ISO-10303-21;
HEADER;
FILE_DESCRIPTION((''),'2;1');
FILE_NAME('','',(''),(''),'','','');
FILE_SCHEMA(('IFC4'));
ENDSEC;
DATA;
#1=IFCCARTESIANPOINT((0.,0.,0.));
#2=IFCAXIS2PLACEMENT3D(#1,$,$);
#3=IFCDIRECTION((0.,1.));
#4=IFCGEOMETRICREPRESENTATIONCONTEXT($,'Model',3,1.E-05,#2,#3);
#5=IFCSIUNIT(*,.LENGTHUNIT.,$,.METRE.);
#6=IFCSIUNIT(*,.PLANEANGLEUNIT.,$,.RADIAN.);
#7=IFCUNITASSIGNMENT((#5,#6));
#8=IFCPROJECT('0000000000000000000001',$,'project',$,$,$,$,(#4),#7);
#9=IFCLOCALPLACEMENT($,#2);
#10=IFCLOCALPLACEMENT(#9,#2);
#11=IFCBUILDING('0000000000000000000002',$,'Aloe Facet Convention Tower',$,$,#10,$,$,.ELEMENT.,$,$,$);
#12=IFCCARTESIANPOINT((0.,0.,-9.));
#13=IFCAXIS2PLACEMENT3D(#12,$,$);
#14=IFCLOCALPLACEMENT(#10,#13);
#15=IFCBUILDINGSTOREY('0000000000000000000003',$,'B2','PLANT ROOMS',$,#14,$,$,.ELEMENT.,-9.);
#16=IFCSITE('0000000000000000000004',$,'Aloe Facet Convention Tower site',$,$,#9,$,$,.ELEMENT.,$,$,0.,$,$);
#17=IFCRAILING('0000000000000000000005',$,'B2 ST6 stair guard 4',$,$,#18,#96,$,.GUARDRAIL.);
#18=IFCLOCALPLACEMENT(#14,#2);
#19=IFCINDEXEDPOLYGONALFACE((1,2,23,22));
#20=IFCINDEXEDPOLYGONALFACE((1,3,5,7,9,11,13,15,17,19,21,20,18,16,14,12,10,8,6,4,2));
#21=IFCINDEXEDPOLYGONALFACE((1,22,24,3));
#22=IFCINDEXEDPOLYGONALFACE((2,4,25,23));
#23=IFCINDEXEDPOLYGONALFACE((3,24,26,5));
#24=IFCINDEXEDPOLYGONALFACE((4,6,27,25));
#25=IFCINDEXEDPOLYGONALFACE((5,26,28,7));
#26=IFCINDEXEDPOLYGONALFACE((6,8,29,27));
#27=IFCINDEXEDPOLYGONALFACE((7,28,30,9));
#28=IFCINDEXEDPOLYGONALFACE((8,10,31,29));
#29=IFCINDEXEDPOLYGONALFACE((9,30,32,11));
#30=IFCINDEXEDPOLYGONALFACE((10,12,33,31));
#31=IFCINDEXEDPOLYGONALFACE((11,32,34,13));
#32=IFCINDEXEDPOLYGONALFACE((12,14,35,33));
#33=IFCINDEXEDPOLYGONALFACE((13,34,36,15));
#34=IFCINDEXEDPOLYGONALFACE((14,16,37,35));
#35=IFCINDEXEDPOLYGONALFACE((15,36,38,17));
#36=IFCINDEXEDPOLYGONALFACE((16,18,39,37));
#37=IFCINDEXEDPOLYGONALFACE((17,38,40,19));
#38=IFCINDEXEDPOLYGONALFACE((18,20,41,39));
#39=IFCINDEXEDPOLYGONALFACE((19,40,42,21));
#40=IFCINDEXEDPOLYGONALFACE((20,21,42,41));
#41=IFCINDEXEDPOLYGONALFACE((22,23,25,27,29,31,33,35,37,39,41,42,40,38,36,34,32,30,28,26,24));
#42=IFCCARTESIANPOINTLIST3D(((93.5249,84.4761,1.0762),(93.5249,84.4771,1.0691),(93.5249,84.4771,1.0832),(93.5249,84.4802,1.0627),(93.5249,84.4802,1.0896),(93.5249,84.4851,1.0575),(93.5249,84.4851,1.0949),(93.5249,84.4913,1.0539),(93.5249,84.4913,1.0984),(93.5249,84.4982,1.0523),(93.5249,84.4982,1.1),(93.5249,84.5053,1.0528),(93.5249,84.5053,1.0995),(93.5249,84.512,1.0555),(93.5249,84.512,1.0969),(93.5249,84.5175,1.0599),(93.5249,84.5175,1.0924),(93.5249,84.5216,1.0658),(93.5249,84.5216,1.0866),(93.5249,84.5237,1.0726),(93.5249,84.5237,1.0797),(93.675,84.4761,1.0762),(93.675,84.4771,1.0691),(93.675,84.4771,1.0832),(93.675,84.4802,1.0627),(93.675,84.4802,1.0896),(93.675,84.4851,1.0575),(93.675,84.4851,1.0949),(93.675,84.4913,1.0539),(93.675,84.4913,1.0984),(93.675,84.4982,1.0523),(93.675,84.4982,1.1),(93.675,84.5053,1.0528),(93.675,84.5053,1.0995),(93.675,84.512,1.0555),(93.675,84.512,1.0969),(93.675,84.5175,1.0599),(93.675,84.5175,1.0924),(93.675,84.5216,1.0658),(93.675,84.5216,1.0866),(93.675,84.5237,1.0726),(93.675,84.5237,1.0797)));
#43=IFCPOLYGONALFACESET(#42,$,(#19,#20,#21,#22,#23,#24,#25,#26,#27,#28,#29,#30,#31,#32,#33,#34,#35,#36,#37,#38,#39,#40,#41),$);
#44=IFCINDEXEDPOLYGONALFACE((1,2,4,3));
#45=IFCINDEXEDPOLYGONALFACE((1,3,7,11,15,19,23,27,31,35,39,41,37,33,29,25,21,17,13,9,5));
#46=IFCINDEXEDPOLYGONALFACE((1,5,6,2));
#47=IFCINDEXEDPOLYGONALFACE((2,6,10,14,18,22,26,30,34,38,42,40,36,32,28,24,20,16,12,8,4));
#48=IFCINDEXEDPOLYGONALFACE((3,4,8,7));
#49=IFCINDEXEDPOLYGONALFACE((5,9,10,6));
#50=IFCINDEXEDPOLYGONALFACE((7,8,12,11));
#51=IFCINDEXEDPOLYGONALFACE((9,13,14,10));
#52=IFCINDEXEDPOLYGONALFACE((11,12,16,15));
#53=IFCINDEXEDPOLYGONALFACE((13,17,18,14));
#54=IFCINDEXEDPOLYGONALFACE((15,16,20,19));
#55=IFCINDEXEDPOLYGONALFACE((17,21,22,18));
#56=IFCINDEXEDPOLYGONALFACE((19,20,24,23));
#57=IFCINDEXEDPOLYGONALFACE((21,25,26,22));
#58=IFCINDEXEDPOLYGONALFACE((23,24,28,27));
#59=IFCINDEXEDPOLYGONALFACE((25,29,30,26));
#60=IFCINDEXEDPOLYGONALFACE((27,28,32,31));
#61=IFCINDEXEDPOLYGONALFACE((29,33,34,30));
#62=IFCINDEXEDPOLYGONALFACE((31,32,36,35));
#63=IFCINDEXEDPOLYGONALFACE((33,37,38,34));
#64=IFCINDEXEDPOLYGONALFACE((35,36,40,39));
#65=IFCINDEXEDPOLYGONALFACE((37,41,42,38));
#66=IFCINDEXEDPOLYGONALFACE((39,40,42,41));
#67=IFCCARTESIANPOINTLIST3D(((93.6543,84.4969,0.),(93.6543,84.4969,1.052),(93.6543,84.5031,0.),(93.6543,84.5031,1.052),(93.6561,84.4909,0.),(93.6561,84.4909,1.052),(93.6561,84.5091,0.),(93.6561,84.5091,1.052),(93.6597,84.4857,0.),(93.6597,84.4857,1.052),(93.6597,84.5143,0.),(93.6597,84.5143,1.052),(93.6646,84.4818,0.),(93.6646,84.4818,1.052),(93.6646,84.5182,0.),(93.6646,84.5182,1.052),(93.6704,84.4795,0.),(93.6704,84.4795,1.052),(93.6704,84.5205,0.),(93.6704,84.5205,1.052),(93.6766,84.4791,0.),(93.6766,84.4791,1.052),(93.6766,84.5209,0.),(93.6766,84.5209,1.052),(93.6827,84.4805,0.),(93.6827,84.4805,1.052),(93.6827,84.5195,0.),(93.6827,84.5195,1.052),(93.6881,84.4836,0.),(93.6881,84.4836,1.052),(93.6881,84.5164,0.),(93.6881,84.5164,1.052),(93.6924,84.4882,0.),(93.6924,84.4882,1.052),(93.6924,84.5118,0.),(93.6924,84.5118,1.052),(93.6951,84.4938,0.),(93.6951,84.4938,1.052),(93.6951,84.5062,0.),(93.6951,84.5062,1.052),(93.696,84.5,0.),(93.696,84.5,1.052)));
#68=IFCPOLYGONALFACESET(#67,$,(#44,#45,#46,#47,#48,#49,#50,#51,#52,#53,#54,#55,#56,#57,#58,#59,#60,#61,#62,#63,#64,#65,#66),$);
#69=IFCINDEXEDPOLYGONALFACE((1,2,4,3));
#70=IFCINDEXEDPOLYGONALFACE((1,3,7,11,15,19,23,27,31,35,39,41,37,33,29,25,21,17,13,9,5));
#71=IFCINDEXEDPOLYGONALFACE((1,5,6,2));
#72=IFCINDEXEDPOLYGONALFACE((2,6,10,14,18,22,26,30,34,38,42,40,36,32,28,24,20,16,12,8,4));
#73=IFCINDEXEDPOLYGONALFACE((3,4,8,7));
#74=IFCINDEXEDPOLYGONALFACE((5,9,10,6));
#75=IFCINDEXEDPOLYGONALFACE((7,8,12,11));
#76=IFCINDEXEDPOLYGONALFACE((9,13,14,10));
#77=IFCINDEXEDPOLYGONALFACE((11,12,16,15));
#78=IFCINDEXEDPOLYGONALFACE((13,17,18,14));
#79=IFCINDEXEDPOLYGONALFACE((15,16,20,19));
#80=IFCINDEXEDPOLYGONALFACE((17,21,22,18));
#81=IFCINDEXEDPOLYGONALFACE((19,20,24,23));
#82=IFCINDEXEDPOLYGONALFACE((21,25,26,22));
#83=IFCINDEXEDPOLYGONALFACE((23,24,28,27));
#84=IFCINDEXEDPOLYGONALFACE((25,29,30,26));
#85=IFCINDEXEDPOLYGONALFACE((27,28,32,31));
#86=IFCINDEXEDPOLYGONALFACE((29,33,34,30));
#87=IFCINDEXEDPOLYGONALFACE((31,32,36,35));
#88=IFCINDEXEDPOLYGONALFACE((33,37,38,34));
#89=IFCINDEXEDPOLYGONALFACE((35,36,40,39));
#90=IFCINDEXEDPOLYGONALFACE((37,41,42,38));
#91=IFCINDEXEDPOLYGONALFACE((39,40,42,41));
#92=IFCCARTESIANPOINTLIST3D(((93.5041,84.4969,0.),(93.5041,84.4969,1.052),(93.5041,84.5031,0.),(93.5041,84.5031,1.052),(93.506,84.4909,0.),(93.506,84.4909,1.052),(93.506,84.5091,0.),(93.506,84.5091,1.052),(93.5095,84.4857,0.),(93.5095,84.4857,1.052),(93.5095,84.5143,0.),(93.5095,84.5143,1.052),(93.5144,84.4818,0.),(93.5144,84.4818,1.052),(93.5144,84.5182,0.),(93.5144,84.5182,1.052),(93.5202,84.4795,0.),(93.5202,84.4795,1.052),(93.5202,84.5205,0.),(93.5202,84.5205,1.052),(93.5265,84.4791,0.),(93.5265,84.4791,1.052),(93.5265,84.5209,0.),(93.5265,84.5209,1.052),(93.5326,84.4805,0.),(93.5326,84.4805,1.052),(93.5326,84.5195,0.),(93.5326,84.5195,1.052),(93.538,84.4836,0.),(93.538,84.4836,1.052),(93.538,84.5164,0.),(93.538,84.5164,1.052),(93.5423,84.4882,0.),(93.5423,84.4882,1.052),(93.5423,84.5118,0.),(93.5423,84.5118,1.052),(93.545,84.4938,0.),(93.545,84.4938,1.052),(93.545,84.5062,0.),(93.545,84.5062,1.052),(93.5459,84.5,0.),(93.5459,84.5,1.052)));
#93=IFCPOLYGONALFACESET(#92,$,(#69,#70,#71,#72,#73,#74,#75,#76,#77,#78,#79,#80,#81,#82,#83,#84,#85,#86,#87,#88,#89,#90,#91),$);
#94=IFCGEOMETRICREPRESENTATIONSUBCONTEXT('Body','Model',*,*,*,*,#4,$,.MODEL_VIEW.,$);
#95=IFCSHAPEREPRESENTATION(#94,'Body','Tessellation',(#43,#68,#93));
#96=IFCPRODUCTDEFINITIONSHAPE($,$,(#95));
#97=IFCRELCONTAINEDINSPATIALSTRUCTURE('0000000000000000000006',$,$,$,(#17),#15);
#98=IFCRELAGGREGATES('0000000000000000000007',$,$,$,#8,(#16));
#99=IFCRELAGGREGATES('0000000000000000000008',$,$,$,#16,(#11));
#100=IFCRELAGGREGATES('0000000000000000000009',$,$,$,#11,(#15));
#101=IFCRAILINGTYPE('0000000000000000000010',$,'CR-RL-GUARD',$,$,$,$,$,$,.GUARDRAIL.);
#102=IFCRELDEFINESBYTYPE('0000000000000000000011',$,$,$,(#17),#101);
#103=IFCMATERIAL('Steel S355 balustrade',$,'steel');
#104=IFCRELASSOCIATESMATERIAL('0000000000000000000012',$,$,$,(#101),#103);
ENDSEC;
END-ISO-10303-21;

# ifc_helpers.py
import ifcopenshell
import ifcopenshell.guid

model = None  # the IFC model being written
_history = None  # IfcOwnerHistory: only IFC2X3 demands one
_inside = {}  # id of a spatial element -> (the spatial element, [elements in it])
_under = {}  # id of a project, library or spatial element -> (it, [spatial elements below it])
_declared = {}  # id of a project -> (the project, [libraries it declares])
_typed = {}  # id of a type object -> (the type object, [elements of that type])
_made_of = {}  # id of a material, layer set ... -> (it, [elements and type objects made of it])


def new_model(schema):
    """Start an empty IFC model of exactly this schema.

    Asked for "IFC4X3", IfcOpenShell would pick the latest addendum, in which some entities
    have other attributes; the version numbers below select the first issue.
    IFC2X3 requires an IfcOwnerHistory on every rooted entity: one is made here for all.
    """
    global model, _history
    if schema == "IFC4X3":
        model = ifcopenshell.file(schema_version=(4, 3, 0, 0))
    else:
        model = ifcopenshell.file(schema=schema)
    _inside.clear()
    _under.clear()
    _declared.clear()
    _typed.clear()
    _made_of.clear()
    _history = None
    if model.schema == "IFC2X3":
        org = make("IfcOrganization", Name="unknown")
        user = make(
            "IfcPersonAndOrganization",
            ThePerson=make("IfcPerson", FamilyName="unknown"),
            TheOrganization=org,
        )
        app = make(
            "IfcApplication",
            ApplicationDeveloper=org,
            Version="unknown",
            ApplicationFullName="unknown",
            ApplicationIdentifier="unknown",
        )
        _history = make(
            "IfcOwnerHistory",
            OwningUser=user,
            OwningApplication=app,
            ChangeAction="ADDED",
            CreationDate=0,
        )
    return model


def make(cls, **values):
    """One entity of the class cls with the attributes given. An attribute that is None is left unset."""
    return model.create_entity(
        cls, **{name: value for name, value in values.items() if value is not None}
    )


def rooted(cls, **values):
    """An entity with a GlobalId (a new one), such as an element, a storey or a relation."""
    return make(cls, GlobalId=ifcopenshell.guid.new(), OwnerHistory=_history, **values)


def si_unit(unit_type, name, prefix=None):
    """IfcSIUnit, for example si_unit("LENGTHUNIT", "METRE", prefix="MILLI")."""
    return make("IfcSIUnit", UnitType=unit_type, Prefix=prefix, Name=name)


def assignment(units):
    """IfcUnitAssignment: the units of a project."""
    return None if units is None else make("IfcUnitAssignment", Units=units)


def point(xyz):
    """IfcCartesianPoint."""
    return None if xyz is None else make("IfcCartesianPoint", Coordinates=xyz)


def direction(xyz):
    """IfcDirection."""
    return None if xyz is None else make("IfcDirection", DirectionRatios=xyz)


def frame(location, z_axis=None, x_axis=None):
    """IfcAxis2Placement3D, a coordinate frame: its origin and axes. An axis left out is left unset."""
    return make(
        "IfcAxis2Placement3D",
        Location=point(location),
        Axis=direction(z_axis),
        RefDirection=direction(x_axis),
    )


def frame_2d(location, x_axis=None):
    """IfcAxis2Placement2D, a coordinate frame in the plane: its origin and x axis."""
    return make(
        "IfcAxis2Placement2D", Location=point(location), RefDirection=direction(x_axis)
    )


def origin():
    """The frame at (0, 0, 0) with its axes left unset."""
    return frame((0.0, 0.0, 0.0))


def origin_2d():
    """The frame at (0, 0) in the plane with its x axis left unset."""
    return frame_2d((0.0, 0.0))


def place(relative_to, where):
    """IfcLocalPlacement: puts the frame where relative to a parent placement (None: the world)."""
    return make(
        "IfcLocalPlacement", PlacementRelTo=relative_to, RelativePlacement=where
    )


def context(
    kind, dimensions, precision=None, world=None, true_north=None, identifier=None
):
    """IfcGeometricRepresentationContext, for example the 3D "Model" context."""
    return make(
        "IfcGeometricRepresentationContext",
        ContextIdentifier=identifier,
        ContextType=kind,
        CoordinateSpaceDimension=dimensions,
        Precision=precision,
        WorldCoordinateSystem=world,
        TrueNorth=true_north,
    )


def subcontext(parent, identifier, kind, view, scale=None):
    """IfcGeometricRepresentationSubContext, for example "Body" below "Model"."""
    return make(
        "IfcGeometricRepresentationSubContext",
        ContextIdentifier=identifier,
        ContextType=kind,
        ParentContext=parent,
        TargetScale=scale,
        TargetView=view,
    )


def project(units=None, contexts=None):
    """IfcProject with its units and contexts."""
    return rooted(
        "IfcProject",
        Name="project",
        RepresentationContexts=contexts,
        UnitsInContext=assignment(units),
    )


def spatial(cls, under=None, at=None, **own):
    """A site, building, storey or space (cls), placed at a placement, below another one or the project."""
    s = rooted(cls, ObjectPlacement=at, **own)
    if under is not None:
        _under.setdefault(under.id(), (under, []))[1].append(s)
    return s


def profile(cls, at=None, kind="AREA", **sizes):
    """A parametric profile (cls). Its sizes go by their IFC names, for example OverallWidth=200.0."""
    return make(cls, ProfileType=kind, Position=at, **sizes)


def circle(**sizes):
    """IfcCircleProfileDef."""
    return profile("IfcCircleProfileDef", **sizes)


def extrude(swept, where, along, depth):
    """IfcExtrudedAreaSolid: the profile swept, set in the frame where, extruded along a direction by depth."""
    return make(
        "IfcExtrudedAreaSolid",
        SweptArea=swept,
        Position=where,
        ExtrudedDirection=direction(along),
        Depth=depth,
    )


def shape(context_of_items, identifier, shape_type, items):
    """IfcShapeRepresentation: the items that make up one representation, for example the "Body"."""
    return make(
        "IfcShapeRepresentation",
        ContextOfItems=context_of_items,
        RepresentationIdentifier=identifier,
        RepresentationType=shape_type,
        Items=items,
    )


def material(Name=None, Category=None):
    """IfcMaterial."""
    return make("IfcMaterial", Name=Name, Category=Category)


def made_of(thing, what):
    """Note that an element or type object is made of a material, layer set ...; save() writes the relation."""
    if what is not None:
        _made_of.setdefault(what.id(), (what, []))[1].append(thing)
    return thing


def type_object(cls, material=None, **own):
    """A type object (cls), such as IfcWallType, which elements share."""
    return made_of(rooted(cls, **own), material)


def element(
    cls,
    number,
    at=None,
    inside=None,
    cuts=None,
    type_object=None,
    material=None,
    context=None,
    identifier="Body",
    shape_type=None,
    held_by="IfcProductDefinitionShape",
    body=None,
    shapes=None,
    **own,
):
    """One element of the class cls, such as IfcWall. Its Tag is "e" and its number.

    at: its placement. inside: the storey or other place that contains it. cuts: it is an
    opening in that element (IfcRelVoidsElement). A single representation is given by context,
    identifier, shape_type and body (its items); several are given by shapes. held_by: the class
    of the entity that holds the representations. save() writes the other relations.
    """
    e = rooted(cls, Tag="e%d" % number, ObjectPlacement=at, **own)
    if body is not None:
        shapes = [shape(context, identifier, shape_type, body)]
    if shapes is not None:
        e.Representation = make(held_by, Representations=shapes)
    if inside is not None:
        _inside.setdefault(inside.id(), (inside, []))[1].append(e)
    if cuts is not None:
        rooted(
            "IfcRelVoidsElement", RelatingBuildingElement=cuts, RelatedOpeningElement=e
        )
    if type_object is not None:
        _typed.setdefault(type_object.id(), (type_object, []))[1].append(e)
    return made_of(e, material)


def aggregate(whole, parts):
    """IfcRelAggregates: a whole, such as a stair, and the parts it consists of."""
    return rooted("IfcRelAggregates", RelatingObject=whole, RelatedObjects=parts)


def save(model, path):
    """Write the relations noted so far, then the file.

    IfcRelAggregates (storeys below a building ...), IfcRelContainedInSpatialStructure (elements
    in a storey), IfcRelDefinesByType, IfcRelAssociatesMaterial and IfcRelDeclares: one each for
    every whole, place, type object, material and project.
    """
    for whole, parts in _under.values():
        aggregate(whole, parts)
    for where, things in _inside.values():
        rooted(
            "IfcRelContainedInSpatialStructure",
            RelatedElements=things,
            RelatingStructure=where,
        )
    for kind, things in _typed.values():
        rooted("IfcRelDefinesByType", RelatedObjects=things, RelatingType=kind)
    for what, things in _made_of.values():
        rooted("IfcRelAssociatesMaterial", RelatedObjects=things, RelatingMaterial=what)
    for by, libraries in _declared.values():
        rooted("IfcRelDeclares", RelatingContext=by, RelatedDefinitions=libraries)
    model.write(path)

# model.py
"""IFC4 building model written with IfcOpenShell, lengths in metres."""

from ifc_helpers import new_model, si_unit, direction, frame, origin, origin_2d, place, context, subcontext, project, spatial, circle, extrude, material, type_object, element, save


model = new_model("IFC4")

# Units and contexts
model_context = context("Model", 3, precision=1e-05, world=origin(), true_north=direction((0.0, 1.0)))
body_context = subcontext(model_context, "Body", "Model", "MODEL_VIEW")
ifc_project = project(units=[si_unit("LENGTHUNIT", "METRE"), si_unit("PLANEANGLEUNIT", "RADIAN")], contexts=[model_context])

# Site, building, storey
site_placement = place(None, origin())
site = spatial("IfcSite", under=ifc_project, at=site_placement, Name="Aloe Facet Convention Tower site", CompositionType="ELEMENT", RefElevation=0.0)
building_placement = place(site_placement, origin())
building = spatial("IfcBuilding", under=site, at=building_placement, Name="Aloe Facet Convention Tower", CompositionType="ELEMENT")
storey_placement = place(building_placement, frame((0.0, 0.0, -9.0)))
storey = spatial("IfcBuildingStorey", under=building, at=storey_placement, Name="B2", Description="PLANT ROOMS", CompositionType="ELEMENT", Elevation=-9.0)

# Railing
ifc_material_1 = material(Name="Steel S355 balustrade", Category="steel")
railing_type_1 = type_object("IfcRailingType", Name="CR-RL-GUARD", PredefinedType="GUARDRAIL", material=ifc_material_1)
railing_1_placement = place(storey_placement, frame((93.675, 84.5, 0.0)))
element("IfcRailing", 1, at=railing_1_placement, inside=storey, type_object=railing_type_1, Name="B2 ST6 stair guard 4", PredefinedType="GUARDRAIL", context=body_context, shape_type="SweptSolid", body=[
    extrude(circle(Radius=0.0239, at=origin_2d()), frame((0.0, 0.0, 1.0762), z_axis=(-1.0, 0.0, 0.0), x_axis=(0.0, -1.0, 0.0)), (0.0, 0.0, 1.0), 0.1501),
    extrude(circle(Radius=0.021, at=origin_2d()), origin(), (0.0, 0.0, 1.0), 1.052),
    extrude(circle(Radius=0.021, at=origin_2d()), frame((-0.1501, 0.0, 0.0)), (0.0, 0.0, 1.0), 1.052),
])

save(model, "model.ifc")
